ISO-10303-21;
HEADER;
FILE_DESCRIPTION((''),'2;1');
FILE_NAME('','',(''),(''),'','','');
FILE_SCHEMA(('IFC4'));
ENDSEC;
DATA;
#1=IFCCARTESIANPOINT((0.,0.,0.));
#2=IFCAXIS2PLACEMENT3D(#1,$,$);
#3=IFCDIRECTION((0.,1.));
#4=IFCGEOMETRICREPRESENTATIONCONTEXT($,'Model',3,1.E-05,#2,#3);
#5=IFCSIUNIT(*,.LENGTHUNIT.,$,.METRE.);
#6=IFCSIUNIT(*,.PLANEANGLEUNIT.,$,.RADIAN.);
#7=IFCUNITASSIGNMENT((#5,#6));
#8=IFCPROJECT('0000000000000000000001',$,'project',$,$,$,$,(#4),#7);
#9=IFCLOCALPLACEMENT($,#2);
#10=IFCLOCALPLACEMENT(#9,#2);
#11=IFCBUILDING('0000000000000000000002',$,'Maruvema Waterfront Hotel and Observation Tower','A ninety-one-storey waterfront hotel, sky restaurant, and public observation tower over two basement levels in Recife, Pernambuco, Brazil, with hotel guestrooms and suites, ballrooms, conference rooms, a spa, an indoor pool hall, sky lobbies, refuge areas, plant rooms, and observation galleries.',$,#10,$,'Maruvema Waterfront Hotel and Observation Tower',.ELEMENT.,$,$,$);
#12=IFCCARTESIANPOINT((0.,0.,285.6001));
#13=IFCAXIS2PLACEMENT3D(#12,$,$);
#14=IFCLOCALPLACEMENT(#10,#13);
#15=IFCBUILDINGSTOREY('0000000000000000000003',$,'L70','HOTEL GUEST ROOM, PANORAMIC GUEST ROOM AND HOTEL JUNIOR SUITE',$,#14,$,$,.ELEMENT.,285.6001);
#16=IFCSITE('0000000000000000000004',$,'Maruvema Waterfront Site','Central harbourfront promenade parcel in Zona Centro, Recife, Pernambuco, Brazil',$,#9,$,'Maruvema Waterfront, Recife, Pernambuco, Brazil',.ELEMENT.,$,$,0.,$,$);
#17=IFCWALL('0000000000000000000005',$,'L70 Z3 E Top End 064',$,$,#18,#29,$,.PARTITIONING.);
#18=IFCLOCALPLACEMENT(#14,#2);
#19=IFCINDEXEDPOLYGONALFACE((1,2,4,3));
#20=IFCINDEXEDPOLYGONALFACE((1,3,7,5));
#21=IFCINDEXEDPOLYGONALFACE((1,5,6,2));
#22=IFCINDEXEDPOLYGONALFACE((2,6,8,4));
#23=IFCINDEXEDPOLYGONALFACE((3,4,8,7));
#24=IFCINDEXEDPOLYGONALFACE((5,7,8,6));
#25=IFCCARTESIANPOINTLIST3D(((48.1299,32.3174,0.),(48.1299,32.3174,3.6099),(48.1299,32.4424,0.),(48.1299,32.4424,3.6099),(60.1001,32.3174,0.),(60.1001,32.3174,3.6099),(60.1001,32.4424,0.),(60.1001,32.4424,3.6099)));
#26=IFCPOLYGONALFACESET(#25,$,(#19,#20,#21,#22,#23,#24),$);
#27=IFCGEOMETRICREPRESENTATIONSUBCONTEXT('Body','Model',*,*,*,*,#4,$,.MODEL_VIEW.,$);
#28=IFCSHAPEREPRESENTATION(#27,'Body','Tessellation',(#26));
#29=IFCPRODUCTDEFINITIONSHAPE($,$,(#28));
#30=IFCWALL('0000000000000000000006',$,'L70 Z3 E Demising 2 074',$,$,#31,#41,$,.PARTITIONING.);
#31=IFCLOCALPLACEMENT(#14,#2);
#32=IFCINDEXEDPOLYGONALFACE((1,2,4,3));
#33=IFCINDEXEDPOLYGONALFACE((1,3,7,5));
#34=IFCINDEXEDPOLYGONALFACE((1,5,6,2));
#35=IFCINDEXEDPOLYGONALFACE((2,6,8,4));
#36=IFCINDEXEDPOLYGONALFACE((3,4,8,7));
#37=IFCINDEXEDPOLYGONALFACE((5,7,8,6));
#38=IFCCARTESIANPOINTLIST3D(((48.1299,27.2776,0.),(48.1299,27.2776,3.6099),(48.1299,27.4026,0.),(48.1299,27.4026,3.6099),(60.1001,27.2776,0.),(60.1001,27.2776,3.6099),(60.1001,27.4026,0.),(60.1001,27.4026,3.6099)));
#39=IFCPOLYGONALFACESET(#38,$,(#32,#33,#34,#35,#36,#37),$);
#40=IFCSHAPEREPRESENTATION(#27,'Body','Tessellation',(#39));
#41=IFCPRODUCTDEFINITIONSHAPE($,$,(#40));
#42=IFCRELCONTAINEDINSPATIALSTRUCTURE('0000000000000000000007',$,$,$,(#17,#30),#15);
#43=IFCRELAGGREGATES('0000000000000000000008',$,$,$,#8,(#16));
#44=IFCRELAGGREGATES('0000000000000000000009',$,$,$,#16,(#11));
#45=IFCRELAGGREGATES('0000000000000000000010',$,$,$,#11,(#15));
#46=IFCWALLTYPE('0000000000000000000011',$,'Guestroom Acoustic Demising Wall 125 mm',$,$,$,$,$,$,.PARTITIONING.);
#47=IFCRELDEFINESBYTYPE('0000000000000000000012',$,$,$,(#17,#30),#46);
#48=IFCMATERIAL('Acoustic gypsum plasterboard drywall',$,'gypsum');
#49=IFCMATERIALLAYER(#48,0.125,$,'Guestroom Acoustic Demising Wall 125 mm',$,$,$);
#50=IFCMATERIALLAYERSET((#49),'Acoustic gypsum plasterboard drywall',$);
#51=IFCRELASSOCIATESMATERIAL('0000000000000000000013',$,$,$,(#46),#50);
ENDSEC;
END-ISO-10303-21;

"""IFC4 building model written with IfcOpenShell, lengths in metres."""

from ifc_helpers import new_model, si_unit, direction, frame, frame_2d, origin, place, context, subcontext, project, spatial, rectangle, extrude, material, layer, layer_set, type_object, element, save


model = new_model("IFC4")

# Units and contexts
model_context = context("Model", 3, precision=1e-05, world=origin(), true_north=direction((0.0, 1.0)))
body_context = subcontext(model_context, "Body", "Model", "MODEL_VIEW")
ifc_project = project(units=[si_unit("LENGTHUNIT", "METRE"), si_unit("PLANEANGLEUNIT", "RADIAN")], contexts=[model_context])

# Site, building, storey
site_placement = place(None, origin())
site = spatial("IfcSite", under=ifc_project, at=site_placement, Name="Maruvema Waterfront Site", Description="Central harbourfront promenade parcel in Zona Centro, Recife, Pernambuco, Brazil", LongName="Maruvema Waterfront, Recife, Pernambuco, Brazil", CompositionType="ELEMENT", RefElevation=0.0)
building_placement = place(site_placement, origin())
building = spatial("IfcBuilding", under=site, at=building_placement, Name="Maruvema Waterfront Hotel and Observation Tower", Description="A ninety-one-storey waterfront hotel, sky restaurant, and public observation tower over two basement levels in Recife, Pernambuco, Brazil, with hotel guestrooms and suites, ballrooms, conference rooms, a spa, an indoor pool hall, sky lobbies, refuge areas, plant rooms, and observation galleries.", LongName="Maruvema Waterfront Hotel and Observation Tower", CompositionType="ELEMENT")
storey_placement = place(building_placement, frame((0.0, 0.0, 285.6001)))
storey = spatial("IfcBuildingStorey", under=building, at=storey_placement, Name="L70", Description="HOTEL GUEST ROOM, PANORAMIC GUEST ROOM AND HOTEL JUNIOR SUITE", CompositionType="ELEMENT", Elevation=285.6001)

# Walls
ifc_material_1 = material(Name="Acoustic gypsum plasterboard drywall", Category="gypsum")
ifc_layer_1 = layer(ifc_material_1, 0.125, Name="Guestroom Acoustic Demising Wall 125 mm")
ifc_layer_set_1 = layer_set([ifc_layer_1], Name="Acoustic gypsum plasterboard drywall")
wall_type_1 = type_object("IfcWallType", Name="Guestroom Acoustic Demising Wall 125 mm", PredefinedType="PARTITIONING", material=ifc_layer_set_1)
for number, where, z_axis, x_axis, name in (
    (1, (48.1299, 32.3799, 0.0), (0.0, 0.0, 1.0), (1.0, 0.0, 0.0), "L70 Z3 E Top End 064"),
    (2, (48.1299, 27.3401, 0.0), (0.0, 0.0, 1.0), (1.0, 0.0, 0.0), "L70 Z3 E Demising 2 074"),
):
    element("IfcWall", number, at=place(storey_placement, frame(where, z_axis=z_axis, x_axis=x_axis)), inside=storey, type_object=wall_type_1, Name=name, PredefinedType="PARTITIONING", context=body_context, shape_type="SweptSolid", body=[
        extrude(rectangle(XDim=11.9702, YDim=0.125, at=frame_2d((5.9851, 0.0))), origin(), (0.0, 0.0, 1.0), 3.6099),
    ])

save(model, "model.ifc")
